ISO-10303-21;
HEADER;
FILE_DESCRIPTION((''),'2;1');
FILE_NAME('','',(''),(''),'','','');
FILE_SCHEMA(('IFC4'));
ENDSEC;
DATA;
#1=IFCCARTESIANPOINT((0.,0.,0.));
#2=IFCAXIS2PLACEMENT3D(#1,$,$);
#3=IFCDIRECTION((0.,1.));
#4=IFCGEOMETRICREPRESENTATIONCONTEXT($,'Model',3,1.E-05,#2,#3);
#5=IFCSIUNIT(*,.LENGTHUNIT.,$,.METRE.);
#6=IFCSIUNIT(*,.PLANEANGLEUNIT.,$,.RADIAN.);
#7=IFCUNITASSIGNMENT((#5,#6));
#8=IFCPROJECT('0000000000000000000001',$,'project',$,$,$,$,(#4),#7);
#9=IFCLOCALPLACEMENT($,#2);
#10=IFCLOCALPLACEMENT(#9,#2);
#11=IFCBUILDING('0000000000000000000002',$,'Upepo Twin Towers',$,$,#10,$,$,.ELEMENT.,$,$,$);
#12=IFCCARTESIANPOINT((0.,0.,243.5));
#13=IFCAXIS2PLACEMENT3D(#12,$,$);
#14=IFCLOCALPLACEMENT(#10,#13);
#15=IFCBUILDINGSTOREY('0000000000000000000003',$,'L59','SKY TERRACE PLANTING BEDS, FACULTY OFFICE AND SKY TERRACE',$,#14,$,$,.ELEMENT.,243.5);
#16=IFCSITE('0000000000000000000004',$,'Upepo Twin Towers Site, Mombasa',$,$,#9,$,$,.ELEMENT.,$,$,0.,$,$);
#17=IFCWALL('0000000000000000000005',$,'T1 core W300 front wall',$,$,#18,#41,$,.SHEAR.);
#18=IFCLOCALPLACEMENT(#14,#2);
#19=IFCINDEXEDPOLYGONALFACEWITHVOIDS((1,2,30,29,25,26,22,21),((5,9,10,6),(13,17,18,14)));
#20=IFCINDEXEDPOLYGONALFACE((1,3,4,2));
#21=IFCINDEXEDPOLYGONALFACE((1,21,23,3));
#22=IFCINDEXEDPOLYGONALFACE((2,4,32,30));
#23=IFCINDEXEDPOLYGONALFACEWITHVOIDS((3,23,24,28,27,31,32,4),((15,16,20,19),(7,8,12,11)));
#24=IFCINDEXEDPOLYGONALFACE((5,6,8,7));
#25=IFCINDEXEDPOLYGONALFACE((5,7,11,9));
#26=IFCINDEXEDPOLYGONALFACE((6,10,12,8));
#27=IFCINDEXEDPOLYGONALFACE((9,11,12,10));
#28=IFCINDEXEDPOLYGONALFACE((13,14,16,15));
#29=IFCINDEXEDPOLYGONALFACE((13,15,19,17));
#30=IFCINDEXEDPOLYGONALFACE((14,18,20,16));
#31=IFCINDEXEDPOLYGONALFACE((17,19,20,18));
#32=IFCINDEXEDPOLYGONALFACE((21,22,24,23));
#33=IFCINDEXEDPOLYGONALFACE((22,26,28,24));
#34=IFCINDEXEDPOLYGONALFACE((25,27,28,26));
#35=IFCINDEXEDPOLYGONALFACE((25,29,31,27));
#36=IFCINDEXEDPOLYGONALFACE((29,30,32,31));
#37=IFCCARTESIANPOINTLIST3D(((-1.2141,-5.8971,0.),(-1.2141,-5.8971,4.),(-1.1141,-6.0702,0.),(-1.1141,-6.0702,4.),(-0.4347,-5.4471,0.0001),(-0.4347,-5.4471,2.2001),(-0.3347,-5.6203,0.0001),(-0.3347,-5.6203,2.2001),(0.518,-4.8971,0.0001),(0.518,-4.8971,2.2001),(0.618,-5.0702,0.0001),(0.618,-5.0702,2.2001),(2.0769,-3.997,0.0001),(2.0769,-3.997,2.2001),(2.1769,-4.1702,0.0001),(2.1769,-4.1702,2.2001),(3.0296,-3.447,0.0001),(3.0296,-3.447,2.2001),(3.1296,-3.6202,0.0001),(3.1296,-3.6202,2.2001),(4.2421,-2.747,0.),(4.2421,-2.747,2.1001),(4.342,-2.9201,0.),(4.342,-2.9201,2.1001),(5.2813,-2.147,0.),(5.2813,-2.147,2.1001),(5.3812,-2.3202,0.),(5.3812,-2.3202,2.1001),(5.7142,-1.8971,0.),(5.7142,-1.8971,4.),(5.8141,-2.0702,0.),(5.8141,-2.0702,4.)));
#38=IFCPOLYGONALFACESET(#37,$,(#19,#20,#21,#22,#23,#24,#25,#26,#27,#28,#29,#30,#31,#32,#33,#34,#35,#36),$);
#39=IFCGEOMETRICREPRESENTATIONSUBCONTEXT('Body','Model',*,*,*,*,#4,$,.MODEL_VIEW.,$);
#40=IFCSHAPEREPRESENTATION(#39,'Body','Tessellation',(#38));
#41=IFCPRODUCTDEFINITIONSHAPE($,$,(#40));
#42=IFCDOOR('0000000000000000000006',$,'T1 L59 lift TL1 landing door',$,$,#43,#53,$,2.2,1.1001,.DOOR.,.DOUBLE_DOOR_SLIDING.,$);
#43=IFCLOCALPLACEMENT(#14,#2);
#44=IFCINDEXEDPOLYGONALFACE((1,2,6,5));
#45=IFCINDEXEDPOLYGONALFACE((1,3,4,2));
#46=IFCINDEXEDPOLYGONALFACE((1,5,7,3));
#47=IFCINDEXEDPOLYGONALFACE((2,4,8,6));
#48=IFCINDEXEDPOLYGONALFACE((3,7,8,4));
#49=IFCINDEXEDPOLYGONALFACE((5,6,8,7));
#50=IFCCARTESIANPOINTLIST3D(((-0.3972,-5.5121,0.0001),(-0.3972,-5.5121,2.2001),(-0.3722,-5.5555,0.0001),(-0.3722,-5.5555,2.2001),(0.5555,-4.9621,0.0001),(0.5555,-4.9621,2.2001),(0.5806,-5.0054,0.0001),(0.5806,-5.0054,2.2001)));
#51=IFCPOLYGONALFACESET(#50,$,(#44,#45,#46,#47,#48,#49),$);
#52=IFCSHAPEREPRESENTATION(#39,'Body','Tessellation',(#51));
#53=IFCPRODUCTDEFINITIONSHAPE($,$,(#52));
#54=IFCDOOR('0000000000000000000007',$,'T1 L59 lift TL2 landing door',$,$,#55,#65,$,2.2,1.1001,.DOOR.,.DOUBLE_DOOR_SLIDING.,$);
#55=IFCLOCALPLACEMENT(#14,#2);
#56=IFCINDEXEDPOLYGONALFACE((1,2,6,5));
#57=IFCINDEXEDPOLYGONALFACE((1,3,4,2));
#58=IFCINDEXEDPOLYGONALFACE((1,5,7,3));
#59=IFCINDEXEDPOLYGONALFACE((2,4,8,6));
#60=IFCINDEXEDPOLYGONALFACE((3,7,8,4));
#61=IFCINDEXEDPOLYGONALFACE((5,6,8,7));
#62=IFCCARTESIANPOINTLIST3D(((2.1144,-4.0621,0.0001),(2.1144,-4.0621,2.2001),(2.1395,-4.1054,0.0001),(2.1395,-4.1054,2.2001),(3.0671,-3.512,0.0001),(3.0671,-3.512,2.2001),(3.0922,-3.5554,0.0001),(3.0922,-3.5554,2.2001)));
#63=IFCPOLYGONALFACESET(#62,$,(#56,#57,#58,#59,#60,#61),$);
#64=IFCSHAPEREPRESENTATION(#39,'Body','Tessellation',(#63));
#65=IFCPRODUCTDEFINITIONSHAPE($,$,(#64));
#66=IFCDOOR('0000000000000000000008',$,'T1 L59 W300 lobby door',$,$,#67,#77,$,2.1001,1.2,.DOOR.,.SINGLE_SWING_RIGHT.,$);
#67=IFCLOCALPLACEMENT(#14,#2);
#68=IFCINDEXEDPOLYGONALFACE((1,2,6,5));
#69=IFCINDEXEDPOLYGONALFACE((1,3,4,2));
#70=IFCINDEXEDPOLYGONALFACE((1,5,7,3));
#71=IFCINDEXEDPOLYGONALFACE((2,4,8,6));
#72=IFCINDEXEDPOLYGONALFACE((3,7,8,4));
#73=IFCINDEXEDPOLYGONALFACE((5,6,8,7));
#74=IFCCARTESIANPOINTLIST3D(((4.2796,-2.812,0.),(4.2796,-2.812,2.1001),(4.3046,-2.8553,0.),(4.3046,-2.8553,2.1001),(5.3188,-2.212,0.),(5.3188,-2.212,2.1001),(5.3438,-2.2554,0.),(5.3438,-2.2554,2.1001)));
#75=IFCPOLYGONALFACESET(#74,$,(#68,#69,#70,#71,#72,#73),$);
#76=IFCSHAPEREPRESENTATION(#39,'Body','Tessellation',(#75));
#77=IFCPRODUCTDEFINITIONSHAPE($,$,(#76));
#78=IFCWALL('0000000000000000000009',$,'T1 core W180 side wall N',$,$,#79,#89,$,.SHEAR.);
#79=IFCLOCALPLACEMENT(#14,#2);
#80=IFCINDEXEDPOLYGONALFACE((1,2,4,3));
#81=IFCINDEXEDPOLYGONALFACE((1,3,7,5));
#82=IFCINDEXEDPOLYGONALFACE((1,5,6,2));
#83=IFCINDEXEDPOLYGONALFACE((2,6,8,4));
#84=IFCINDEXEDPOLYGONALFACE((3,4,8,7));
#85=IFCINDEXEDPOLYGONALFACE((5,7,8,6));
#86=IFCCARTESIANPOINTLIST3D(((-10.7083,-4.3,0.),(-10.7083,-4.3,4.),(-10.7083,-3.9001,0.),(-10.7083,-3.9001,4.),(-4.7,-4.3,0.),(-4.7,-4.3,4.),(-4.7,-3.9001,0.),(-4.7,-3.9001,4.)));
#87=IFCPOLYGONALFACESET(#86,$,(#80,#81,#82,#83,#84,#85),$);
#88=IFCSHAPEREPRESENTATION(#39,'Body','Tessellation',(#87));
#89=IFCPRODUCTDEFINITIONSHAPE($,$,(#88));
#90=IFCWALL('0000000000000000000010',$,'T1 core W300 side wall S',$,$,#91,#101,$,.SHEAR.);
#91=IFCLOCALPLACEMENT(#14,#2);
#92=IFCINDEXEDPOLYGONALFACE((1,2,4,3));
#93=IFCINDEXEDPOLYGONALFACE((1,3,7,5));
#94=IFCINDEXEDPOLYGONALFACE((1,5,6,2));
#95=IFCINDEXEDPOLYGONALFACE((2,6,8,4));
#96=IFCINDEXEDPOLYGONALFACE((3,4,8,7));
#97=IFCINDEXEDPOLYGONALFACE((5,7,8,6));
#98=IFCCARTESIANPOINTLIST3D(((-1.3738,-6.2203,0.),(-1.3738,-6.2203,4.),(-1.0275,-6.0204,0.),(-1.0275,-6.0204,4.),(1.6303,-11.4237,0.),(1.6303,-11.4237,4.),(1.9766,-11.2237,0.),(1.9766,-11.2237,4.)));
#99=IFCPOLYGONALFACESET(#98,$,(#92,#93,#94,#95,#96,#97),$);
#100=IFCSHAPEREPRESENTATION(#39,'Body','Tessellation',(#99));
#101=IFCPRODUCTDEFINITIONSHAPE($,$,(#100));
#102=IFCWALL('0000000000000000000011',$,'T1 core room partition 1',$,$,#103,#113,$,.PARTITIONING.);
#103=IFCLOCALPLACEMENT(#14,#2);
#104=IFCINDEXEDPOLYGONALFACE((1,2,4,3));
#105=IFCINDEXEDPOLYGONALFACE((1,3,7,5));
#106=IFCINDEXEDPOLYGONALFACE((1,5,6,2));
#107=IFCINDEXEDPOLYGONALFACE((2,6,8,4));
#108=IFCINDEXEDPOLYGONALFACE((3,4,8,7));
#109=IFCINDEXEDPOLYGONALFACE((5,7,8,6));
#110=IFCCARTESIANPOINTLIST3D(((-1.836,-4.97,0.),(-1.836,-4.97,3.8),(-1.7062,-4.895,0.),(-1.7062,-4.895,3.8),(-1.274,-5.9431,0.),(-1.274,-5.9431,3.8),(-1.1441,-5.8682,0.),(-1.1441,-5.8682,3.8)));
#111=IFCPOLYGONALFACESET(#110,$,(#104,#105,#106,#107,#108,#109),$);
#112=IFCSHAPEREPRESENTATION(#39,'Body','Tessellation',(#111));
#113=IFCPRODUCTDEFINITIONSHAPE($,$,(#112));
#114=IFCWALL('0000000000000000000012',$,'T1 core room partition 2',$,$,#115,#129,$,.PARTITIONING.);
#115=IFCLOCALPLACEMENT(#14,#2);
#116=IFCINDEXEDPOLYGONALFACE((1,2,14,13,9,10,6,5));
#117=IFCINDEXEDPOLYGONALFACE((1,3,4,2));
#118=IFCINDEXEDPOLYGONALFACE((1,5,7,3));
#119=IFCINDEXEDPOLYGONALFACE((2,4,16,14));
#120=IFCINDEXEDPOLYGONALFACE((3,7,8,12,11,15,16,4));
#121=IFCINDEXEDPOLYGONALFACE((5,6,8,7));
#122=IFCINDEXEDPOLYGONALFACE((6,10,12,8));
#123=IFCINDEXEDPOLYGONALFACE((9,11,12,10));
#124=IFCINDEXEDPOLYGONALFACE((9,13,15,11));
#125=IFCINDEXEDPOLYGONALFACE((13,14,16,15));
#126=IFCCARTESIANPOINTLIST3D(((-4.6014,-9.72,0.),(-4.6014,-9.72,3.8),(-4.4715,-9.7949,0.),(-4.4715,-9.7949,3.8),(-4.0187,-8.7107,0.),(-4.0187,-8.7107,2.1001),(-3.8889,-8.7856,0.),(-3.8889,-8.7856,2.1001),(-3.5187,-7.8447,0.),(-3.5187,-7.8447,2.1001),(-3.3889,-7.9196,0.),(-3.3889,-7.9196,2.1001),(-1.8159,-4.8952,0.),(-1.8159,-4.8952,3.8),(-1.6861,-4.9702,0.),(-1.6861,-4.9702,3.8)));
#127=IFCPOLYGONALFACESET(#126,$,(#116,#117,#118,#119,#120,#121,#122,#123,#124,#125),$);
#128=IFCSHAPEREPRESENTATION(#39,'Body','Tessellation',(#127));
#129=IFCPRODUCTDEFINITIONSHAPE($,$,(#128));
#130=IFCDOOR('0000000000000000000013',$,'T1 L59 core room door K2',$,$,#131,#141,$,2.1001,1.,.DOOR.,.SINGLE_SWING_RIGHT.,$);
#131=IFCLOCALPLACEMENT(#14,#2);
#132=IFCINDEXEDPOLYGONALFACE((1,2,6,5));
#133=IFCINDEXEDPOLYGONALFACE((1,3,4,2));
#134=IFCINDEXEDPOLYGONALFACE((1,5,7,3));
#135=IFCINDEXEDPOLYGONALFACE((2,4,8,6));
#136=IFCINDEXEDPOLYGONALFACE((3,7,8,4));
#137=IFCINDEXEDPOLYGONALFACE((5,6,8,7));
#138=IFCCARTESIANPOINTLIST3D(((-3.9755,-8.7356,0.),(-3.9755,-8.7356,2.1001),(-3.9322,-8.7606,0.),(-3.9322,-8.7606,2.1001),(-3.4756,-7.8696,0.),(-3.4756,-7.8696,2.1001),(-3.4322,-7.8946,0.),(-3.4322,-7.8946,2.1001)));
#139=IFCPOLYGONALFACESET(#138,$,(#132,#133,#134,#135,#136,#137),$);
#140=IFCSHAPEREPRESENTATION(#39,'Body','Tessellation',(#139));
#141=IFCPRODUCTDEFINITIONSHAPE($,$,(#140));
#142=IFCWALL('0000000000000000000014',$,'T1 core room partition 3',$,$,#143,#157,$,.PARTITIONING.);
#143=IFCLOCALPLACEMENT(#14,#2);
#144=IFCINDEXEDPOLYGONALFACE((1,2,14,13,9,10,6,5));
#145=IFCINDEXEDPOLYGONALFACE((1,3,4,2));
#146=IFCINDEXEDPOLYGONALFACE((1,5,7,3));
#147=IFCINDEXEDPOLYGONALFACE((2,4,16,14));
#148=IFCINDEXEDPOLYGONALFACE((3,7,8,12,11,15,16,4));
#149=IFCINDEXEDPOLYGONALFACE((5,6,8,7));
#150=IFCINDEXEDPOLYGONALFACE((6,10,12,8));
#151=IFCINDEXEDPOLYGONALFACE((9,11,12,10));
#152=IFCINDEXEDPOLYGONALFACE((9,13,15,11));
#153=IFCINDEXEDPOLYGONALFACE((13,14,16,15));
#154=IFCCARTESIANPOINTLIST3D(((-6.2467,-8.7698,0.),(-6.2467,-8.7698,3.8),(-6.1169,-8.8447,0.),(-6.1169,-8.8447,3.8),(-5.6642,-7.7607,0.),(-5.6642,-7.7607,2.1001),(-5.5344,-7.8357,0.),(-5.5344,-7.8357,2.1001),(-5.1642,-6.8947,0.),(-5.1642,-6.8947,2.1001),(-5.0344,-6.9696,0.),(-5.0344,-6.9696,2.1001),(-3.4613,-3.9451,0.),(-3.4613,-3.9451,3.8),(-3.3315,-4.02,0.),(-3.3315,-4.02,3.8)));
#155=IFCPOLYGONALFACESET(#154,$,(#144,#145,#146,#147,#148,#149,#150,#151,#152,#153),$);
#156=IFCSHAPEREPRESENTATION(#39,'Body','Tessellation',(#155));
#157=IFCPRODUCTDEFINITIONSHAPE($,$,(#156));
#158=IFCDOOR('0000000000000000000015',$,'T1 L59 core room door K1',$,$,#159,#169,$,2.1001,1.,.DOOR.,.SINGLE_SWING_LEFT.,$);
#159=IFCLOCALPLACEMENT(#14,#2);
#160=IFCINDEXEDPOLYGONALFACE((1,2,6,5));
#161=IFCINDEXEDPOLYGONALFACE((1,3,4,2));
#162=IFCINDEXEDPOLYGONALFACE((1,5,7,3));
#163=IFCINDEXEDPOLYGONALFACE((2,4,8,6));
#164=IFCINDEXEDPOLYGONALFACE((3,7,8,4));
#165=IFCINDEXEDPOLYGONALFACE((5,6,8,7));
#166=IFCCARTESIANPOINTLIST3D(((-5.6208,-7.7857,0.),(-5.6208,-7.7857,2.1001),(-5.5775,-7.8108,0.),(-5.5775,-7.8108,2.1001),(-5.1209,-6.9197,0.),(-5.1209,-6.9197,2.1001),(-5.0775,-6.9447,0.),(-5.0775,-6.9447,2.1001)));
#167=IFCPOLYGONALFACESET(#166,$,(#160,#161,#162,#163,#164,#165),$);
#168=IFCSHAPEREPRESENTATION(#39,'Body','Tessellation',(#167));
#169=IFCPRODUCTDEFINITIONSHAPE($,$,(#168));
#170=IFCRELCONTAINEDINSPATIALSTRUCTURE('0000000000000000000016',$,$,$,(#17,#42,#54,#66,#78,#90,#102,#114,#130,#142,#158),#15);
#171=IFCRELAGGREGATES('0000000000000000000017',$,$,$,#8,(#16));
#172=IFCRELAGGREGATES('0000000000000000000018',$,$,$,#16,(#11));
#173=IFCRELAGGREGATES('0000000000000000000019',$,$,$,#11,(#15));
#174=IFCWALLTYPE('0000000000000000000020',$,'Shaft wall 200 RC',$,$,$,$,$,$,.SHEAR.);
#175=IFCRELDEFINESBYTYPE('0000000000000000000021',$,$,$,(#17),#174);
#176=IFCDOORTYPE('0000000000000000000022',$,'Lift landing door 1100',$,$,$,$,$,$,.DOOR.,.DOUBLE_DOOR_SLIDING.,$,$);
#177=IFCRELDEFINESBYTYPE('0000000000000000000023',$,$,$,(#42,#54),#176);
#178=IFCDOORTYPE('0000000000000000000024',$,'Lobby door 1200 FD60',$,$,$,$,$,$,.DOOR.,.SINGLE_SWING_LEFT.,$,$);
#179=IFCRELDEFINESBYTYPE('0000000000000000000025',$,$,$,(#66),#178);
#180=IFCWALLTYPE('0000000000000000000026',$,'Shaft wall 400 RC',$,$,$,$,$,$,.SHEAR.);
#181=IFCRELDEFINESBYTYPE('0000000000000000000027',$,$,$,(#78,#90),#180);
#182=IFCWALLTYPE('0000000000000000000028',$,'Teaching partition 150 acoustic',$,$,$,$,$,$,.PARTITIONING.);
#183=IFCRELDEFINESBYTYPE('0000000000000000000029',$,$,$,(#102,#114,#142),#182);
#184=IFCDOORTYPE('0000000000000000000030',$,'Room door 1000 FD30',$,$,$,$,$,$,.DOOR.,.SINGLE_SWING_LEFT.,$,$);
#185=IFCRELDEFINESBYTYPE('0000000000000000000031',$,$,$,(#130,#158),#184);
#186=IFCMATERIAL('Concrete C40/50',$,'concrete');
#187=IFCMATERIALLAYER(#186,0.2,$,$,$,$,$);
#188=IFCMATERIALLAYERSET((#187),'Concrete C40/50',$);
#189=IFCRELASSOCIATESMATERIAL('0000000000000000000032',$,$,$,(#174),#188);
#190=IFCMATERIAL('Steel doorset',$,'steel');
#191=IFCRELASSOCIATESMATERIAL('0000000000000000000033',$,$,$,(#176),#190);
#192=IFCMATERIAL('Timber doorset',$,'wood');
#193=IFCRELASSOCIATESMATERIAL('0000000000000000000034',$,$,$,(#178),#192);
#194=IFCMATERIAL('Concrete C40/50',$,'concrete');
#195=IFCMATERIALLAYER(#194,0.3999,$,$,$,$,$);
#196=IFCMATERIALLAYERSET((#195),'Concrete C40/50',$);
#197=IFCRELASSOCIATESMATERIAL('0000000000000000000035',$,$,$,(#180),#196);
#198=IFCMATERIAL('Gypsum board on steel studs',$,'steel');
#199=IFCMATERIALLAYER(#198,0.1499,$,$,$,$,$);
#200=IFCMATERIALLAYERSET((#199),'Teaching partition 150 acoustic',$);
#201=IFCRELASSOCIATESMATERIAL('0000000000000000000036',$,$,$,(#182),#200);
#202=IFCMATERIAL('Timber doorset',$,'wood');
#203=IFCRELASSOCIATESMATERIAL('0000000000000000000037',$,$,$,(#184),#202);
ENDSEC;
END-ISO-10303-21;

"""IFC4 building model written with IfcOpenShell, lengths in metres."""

from ifc_helpers import new_model, si_unit, direction, frame, frame_2d, origin, place, context, subcontext, project, spatial, rectangle, extrude, material, layer, layer_set, type_object, element, fill, save


model = new_model("IFC4")

# Units and contexts
model_context = context("Model", 3, precision=1e-05, world=origin(), true_north=direction((0.0, 1.0)))
body_context = subcontext(model_context, "Body", "Model", "MODEL_VIEW")
ifc_project = project(units=[si_unit("LENGTHUNIT", "METRE"), si_unit("PLANEANGLEUNIT", "RADIAN")], contexts=[model_context])

# Site, building, storey
site_placement = place(None, origin())
site = spatial("IfcSite", under=ifc_project, at=site_placement, Name="Upepo Twin Towers Site, Mombasa", CompositionType="ELEMENT", RefElevation=0.0)
building_placement = place(site_placement, origin())
building = spatial("IfcBuilding", under=site, at=building_placement, Name="Upepo Twin Towers", CompositionType="ELEMENT")
storey_placement = place(building_placement, frame((0.0, 0.0, 243.5)))
storey = spatial("IfcBuildingStorey", under=building, at=storey_placement, Name="L59", Description="SKY TERRACE PLANTING BEDS, FACULTY OFFICE AND SKY TERRACE", CompositionType="ELEMENT", Elevation=243.5)

# Shared definitions
ifc_material_1 = material(Name="Concrete C40/50", Category="concrete")
ifc_layer_1 = layer(ifc_material_1, 0.2)
ifc_layer_set_1 = layer_set([ifc_layer_1], Name="Concrete C40/50")
wall_type_1 = type_object("IfcWallType", Name="Shaft wall 200 RC", PredefinedType="SHEAR", material=ifc_layer_set_1)

# Wall, openings, doors
wall_1_placement = place(storey_placement, frame((-1.1641, -5.9836, 0.0), z_axis=(0.0, 0.0, 1.0), x_axis=(0.866026, 0.499999, 0.0)))
wall_1 = element("IfcWall", 1, at=wall_1_placement, inside=storey, type_object=wall_type_1, Name="T1 core W300 front wall", PredefinedType="SHEAR", context=body_context, shape_type="SweptSolid", body=[
    extrude(rectangle(XDim=8.0, YDim=0.2, at=frame_2d((4.0, 0.0))), origin(), (0.0, 0.0, 1.0), 4.0),
])
opening_1_placement = place(wall_1_placement, frame((6.3, 0.0, 0.0)))
opening_1 = element("IfcOpeningElement", 2, at=opening_1_placement, cuts=wall_1, PredefinedType="OPENING", context=body_context, shape_type="SweptSolid", body=[
    extrude(rectangle(XDim=1.2, YDim=2.1001, at=frame_2d((0.6001, 1.05))), frame((0.0, 0.1099, 0.0), z_axis=(0.0, -1.0, 0.0), x_axis=(1.0, 0.0, 0.0)), (0.0, 0.0, 1.0), 0.22),
])
opening_2_placement = place(wall_1_placement, frame((0.8999, 0.0, 0.0)))
opening_2 = element("IfcOpeningElement", 3, at=opening_2_placement, cuts=wall_1, PredefinedType="OPENING", context=body_context, shape_type="SweptSolid", body=[
    extrude(rectangle(XDim=1.1001, YDim=2.2, at=frame_2d((0.55, 1.1001))), frame((0.0, 0.1099, 0.0), z_axis=(0.0, -1.0, 0.0), x_axis=(1.0, 0.0, 0.0)), (0.0, 0.0, 1.0), 0.22),
])
opening_3_placement = place(wall_1_placement, frame((3.8, 0.0, 0.0)))
opening_3 = element("IfcOpeningElement", 4, at=opening_3_placement, cuts=wall_1, PredefinedType="OPENING", context=body_context, shape_type="SweptSolid", body=[
    extrude(rectangle(XDim=1.1001, YDim=2.2, at=frame_2d((0.55, 1.1001))), frame((0.0, 0.1099, 0.0), z_axis=(0.0, -1.0, 0.0), x_axis=(1.0, 0.0, 0.0)), (0.0, 0.0, 1.0), 0.22),
])
ifc_material_2 = material(Name="Steel doorset", Category="steel")
door_type_1 = type_object("IfcDoorType", Name="Lift landing door 1100", OperationType="DOUBLE_DOOR_SLIDING", PredefinedType="DOOR", material=ifc_material_2)
door_1_placement = place(opening_2_placement, origin())
door_1 = element("IfcDoor", 5, at=door_1_placement, inside=storey, type_object=door_type_1, Name="T1 L59 lift TL1 landing door", OperationType="DOUBLE_DOOR_SLIDING", OverallHeight=2.2, OverallWidth=1.1001, PredefinedType="DOOR", context=body_context, shape_type="SweptSolid", body=[
    extrude(rectangle(XDim=1.1001, YDim=2.2, at=frame_2d((0.55, 1.1001))), frame((0.0, 0.0249, 0.0), z_axis=(0.0, -1.0, 0.0), x_axis=(1.0, 0.0, 0.0)), (0.0, 0.0, 1.0), 0.05),
])
fill(opening_2, door_1)
door_2_placement = place(opening_3_placement, origin())
door_2 = element("IfcDoor", 6, at=door_2_placement, inside=storey, type_object=door_type_1, Name="T1 L59 lift TL2 landing door", OperationType="DOUBLE_DOOR_SLIDING", OverallHeight=2.2, OverallWidth=1.1001, PredefinedType="DOOR", context=body_context, shape_type="SweptSolid", body=[
    extrude(rectangle(XDim=1.1001, YDim=2.2, at=frame_2d((0.55, 1.1001))), frame((0.0, 0.0249, 0.0), z_axis=(0.0, -1.0, 0.0), x_axis=(1.0, 0.0, 0.0)), (0.0, 0.0, 1.0), 0.05),
])
fill(opening_3, door_2)
ifc_material_3 = material(Name="Timber doorset", Category="wood")
door_type_2 = type_object("IfcDoorType", Name="Lobby door 1200 FD60", OperationType="SINGLE_SWING_LEFT", PredefinedType="DOOR", material=ifc_material_3)
door_3_placement = place(opening_1_placement, origin())
door_3 = element("IfcDoor", 7, at=door_3_placement, inside=storey, type_object=door_type_2, Name="T1 L59 W300 lobby door", OperationType="SINGLE_SWING_RIGHT", OverallHeight=2.1001, OverallWidth=1.2, PredefinedType="DOOR", context=body_context, shape_type="SweptSolid", body=[
    extrude(rectangle(XDim=1.2, YDim=2.1001, at=frame_2d((0.6001, 1.05))), frame((0.0, 0.0249, 0.0), z_axis=(0.0, -1.0, 0.0), x_axis=(1.0, 0.0, 0.0)), (0.0, 0.0, 1.0), 0.05),
])
fill(opening_1, door_3)

# Walls
ifc_material_4 = material(Name="Concrete C40/50", Category="concrete")
ifc_layer_2 = layer(ifc_material_4, 0.3999)
ifc_layer_set_2 = layer_set([ifc_layer_2], Name="Concrete C40/50")
wall_type_2 = type_object("IfcWallType", Name="Shaft wall 400 RC", PredefinedType="SHEAR", material=ifc_layer_set_2)
for number, where, z_axis, x_axis, name in (
    (8, (-4.7, -4.1001, 0.0), (0.0, 0.0, 1.0), (-1.0, 0.0, 0.0), "T1 core W180 side wall N"),
    (9, (-1.2007, -6.1204, 0.0), (0.0, 0.0, 1.0), (0.499998, -0.866027, 0.0), "T1 core W300 side wall S"),
):
    element("IfcWall", number, at=place(storey_placement, frame(where, z_axis=z_axis, x_axis=x_axis)), inside=storey, type_object=wall_type_2, Name=name, PredefinedType="SHEAR", context=body_context, shape_type="SweptSolid", body=[
        extrude(rectangle(XDim=6.0083, YDim=0.3999, at=frame_2d((3.0042, 0.0))), origin(), (0.0, 0.0, 1.0), 4.0),
    ])
ifc_material_5 = material(Name="Gypsum board on steel studs", Category="steel")
ifc_layer_3 = layer(ifc_material_5, 0.1499)
ifc_layer_set_3 = layer_set([ifc_layer_3], Name="Teaching partition 150 acoustic")
wall_type_3 = type_object("IfcWallType", Name="Teaching partition 150 acoustic", PredefinedType="PARTITIONING", material=ifc_layer_set_3)
wall_2_placement = place(storey_placement, frame((-1.209, -5.9058, 0.0), z_axis=(0.0, 0.0, 1.0), x_axis=(-0.500111, 0.865961, 0.0)))
element("IfcWall", 10, at=wall_2_placement, inside=storey, type_object=wall_type_3, Name="T1 core room partition 1", PredefinedType="PARTITIONING", context=body_context, shape_type="SweptSolid", body=[
    extrude(rectangle(XDim=1.1238, YDim=0.1499, at=frame_2d((0.562, 0.0))), origin(), (0.0, 0.0, 1.0), 3.8),
])

# Walls, openings, doors
wall_3_placement = place(storey_placement, frame((-1.751, -4.9326, 0.0), z_axis=(0.0, 0.0, 1.0), x_axis=(-0.49998, -0.866037, 0.0)))
wall_3 = element("IfcWall", 11, at=wall_3_placement, inside=storey, type_object=wall_type_3, Name="T1 core room partition 2", PredefinedType="PARTITIONING", context=body_context, shape_type="SweptSolid", body=[
    extrude(rectangle(XDim=5.571, YDim=0.1499, at=frame_2d((2.7856, 0.0))), origin(), (0.0, 0.0, 1.0), 3.8),
])
opening_4_placement = place(wall_3_placement, frame((3.4058, 0.0, 0.0)))
opening_4 = element("IfcOpeningElement", 12, at=opening_4_placement, cuts=wall_3, PredefinedType="OPENING", context=body_context, shape_type="SweptSolid", body=[
    extrude(rectangle(XDim=1.0, YDim=2.1001, at=frame_2d((0.5, 1.05))), frame((0.0, 0.085, 0.0), z_axis=(0.0, -1.0, 0.0), x_axis=(1.0, 0.0, 0.0)), (0.0, 0.0, 1.0), 0.1699),
])
ifc_material_6 = material(Name="Timber doorset", Category="wood")
door_type_3 = type_object("IfcDoorType", Name="Room door 1000 FD30", OperationType="SINGLE_SWING_LEFT", PredefinedType="DOOR", material=ifc_material_6)
door_4_placement = place(opening_4_placement, origin())
door_4 = element("IfcDoor", 13, at=door_4_placement, inside=storey, type_object=door_type_3, Name="T1 L59 core room door K2", OperationType="SINGLE_SWING_RIGHT", OverallHeight=2.1001, OverallWidth=1.0, PredefinedType="DOOR", context=body_context, shape_type="SweptSolid", body=[
    extrude(rectangle(XDim=1.0, YDim=2.1001, at=frame_2d((0.5, 1.05))), frame((0.0, 0.0249, 0.0), z_axis=(0.0, -1.0, 0.0), x_axis=(1.0, 0.0, 0.0)), (0.0, 0.0, 1.0), 0.05),
])
fill(opening_4, door_4)
wall_4_placement = place(storey_placement, frame((-6.1819, -8.8074, 0.0), z_axis=(0.0, 0.0, 1.0), x_axis=(0.49998, 0.866037, 0.0)))
wall_4 = element("IfcWall", 14, at=wall_4_placement, inside=storey, type_object=wall_type_3, Name="T1 core room partition 3", PredefinedType="PARTITIONING", context=body_context, shape_type="SweptSolid", body=[
    extrude(rectangle(XDim=5.571, YDim=0.1499, at=frame_2d((2.7856, 0.0))), origin(), (0.0, 0.0, 1.0), 3.8),
])
opening_5_placement = place(wall_4_placement, frame((1.1653, 0.0, 0.0)))
opening_5 = element("IfcOpeningElement", 15, at=opening_5_placement, cuts=wall_4, PredefinedType="OPENING", context=body_context, shape_type="SweptSolid", body=[
    extrude(rectangle(XDim=1.0, YDim=2.1001, at=frame_2d((0.5, 1.05))), frame((0.0, 0.085, 0.0), z_axis=(0.0, -1.0, 0.0), x_axis=(1.0, 0.0, 0.0)), (0.0, 0.0, 1.0), 0.1699),
])
door_5_placement = place(opening_5_placement, origin())
door_5 = element("IfcDoor", 16, at=door_5_placement, inside=storey, type_object=door_type_3, Name="T1 L59 core room door K1", OperationType="SINGLE_SWING_LEFT", OverallHeight=2.1001, OverallWidth=1.0, PredefinedType="DOOR", context=body_context, shape_type="SweptSolid", body=[
    extrude(rectangle(XDim=1.0, YDim=2.1001, at=frame_2d((0.5, 1.05))), frame((0.0, 0.0249, 0.0), z_axis=(0.0, -1.0, 0.0), x_axis=(1.0, 0.0, 0.0)), (0.0, 0.0, 1.0), 0.05),
])
fill(opening_5, door_5)

save(model, "model.ifc")
